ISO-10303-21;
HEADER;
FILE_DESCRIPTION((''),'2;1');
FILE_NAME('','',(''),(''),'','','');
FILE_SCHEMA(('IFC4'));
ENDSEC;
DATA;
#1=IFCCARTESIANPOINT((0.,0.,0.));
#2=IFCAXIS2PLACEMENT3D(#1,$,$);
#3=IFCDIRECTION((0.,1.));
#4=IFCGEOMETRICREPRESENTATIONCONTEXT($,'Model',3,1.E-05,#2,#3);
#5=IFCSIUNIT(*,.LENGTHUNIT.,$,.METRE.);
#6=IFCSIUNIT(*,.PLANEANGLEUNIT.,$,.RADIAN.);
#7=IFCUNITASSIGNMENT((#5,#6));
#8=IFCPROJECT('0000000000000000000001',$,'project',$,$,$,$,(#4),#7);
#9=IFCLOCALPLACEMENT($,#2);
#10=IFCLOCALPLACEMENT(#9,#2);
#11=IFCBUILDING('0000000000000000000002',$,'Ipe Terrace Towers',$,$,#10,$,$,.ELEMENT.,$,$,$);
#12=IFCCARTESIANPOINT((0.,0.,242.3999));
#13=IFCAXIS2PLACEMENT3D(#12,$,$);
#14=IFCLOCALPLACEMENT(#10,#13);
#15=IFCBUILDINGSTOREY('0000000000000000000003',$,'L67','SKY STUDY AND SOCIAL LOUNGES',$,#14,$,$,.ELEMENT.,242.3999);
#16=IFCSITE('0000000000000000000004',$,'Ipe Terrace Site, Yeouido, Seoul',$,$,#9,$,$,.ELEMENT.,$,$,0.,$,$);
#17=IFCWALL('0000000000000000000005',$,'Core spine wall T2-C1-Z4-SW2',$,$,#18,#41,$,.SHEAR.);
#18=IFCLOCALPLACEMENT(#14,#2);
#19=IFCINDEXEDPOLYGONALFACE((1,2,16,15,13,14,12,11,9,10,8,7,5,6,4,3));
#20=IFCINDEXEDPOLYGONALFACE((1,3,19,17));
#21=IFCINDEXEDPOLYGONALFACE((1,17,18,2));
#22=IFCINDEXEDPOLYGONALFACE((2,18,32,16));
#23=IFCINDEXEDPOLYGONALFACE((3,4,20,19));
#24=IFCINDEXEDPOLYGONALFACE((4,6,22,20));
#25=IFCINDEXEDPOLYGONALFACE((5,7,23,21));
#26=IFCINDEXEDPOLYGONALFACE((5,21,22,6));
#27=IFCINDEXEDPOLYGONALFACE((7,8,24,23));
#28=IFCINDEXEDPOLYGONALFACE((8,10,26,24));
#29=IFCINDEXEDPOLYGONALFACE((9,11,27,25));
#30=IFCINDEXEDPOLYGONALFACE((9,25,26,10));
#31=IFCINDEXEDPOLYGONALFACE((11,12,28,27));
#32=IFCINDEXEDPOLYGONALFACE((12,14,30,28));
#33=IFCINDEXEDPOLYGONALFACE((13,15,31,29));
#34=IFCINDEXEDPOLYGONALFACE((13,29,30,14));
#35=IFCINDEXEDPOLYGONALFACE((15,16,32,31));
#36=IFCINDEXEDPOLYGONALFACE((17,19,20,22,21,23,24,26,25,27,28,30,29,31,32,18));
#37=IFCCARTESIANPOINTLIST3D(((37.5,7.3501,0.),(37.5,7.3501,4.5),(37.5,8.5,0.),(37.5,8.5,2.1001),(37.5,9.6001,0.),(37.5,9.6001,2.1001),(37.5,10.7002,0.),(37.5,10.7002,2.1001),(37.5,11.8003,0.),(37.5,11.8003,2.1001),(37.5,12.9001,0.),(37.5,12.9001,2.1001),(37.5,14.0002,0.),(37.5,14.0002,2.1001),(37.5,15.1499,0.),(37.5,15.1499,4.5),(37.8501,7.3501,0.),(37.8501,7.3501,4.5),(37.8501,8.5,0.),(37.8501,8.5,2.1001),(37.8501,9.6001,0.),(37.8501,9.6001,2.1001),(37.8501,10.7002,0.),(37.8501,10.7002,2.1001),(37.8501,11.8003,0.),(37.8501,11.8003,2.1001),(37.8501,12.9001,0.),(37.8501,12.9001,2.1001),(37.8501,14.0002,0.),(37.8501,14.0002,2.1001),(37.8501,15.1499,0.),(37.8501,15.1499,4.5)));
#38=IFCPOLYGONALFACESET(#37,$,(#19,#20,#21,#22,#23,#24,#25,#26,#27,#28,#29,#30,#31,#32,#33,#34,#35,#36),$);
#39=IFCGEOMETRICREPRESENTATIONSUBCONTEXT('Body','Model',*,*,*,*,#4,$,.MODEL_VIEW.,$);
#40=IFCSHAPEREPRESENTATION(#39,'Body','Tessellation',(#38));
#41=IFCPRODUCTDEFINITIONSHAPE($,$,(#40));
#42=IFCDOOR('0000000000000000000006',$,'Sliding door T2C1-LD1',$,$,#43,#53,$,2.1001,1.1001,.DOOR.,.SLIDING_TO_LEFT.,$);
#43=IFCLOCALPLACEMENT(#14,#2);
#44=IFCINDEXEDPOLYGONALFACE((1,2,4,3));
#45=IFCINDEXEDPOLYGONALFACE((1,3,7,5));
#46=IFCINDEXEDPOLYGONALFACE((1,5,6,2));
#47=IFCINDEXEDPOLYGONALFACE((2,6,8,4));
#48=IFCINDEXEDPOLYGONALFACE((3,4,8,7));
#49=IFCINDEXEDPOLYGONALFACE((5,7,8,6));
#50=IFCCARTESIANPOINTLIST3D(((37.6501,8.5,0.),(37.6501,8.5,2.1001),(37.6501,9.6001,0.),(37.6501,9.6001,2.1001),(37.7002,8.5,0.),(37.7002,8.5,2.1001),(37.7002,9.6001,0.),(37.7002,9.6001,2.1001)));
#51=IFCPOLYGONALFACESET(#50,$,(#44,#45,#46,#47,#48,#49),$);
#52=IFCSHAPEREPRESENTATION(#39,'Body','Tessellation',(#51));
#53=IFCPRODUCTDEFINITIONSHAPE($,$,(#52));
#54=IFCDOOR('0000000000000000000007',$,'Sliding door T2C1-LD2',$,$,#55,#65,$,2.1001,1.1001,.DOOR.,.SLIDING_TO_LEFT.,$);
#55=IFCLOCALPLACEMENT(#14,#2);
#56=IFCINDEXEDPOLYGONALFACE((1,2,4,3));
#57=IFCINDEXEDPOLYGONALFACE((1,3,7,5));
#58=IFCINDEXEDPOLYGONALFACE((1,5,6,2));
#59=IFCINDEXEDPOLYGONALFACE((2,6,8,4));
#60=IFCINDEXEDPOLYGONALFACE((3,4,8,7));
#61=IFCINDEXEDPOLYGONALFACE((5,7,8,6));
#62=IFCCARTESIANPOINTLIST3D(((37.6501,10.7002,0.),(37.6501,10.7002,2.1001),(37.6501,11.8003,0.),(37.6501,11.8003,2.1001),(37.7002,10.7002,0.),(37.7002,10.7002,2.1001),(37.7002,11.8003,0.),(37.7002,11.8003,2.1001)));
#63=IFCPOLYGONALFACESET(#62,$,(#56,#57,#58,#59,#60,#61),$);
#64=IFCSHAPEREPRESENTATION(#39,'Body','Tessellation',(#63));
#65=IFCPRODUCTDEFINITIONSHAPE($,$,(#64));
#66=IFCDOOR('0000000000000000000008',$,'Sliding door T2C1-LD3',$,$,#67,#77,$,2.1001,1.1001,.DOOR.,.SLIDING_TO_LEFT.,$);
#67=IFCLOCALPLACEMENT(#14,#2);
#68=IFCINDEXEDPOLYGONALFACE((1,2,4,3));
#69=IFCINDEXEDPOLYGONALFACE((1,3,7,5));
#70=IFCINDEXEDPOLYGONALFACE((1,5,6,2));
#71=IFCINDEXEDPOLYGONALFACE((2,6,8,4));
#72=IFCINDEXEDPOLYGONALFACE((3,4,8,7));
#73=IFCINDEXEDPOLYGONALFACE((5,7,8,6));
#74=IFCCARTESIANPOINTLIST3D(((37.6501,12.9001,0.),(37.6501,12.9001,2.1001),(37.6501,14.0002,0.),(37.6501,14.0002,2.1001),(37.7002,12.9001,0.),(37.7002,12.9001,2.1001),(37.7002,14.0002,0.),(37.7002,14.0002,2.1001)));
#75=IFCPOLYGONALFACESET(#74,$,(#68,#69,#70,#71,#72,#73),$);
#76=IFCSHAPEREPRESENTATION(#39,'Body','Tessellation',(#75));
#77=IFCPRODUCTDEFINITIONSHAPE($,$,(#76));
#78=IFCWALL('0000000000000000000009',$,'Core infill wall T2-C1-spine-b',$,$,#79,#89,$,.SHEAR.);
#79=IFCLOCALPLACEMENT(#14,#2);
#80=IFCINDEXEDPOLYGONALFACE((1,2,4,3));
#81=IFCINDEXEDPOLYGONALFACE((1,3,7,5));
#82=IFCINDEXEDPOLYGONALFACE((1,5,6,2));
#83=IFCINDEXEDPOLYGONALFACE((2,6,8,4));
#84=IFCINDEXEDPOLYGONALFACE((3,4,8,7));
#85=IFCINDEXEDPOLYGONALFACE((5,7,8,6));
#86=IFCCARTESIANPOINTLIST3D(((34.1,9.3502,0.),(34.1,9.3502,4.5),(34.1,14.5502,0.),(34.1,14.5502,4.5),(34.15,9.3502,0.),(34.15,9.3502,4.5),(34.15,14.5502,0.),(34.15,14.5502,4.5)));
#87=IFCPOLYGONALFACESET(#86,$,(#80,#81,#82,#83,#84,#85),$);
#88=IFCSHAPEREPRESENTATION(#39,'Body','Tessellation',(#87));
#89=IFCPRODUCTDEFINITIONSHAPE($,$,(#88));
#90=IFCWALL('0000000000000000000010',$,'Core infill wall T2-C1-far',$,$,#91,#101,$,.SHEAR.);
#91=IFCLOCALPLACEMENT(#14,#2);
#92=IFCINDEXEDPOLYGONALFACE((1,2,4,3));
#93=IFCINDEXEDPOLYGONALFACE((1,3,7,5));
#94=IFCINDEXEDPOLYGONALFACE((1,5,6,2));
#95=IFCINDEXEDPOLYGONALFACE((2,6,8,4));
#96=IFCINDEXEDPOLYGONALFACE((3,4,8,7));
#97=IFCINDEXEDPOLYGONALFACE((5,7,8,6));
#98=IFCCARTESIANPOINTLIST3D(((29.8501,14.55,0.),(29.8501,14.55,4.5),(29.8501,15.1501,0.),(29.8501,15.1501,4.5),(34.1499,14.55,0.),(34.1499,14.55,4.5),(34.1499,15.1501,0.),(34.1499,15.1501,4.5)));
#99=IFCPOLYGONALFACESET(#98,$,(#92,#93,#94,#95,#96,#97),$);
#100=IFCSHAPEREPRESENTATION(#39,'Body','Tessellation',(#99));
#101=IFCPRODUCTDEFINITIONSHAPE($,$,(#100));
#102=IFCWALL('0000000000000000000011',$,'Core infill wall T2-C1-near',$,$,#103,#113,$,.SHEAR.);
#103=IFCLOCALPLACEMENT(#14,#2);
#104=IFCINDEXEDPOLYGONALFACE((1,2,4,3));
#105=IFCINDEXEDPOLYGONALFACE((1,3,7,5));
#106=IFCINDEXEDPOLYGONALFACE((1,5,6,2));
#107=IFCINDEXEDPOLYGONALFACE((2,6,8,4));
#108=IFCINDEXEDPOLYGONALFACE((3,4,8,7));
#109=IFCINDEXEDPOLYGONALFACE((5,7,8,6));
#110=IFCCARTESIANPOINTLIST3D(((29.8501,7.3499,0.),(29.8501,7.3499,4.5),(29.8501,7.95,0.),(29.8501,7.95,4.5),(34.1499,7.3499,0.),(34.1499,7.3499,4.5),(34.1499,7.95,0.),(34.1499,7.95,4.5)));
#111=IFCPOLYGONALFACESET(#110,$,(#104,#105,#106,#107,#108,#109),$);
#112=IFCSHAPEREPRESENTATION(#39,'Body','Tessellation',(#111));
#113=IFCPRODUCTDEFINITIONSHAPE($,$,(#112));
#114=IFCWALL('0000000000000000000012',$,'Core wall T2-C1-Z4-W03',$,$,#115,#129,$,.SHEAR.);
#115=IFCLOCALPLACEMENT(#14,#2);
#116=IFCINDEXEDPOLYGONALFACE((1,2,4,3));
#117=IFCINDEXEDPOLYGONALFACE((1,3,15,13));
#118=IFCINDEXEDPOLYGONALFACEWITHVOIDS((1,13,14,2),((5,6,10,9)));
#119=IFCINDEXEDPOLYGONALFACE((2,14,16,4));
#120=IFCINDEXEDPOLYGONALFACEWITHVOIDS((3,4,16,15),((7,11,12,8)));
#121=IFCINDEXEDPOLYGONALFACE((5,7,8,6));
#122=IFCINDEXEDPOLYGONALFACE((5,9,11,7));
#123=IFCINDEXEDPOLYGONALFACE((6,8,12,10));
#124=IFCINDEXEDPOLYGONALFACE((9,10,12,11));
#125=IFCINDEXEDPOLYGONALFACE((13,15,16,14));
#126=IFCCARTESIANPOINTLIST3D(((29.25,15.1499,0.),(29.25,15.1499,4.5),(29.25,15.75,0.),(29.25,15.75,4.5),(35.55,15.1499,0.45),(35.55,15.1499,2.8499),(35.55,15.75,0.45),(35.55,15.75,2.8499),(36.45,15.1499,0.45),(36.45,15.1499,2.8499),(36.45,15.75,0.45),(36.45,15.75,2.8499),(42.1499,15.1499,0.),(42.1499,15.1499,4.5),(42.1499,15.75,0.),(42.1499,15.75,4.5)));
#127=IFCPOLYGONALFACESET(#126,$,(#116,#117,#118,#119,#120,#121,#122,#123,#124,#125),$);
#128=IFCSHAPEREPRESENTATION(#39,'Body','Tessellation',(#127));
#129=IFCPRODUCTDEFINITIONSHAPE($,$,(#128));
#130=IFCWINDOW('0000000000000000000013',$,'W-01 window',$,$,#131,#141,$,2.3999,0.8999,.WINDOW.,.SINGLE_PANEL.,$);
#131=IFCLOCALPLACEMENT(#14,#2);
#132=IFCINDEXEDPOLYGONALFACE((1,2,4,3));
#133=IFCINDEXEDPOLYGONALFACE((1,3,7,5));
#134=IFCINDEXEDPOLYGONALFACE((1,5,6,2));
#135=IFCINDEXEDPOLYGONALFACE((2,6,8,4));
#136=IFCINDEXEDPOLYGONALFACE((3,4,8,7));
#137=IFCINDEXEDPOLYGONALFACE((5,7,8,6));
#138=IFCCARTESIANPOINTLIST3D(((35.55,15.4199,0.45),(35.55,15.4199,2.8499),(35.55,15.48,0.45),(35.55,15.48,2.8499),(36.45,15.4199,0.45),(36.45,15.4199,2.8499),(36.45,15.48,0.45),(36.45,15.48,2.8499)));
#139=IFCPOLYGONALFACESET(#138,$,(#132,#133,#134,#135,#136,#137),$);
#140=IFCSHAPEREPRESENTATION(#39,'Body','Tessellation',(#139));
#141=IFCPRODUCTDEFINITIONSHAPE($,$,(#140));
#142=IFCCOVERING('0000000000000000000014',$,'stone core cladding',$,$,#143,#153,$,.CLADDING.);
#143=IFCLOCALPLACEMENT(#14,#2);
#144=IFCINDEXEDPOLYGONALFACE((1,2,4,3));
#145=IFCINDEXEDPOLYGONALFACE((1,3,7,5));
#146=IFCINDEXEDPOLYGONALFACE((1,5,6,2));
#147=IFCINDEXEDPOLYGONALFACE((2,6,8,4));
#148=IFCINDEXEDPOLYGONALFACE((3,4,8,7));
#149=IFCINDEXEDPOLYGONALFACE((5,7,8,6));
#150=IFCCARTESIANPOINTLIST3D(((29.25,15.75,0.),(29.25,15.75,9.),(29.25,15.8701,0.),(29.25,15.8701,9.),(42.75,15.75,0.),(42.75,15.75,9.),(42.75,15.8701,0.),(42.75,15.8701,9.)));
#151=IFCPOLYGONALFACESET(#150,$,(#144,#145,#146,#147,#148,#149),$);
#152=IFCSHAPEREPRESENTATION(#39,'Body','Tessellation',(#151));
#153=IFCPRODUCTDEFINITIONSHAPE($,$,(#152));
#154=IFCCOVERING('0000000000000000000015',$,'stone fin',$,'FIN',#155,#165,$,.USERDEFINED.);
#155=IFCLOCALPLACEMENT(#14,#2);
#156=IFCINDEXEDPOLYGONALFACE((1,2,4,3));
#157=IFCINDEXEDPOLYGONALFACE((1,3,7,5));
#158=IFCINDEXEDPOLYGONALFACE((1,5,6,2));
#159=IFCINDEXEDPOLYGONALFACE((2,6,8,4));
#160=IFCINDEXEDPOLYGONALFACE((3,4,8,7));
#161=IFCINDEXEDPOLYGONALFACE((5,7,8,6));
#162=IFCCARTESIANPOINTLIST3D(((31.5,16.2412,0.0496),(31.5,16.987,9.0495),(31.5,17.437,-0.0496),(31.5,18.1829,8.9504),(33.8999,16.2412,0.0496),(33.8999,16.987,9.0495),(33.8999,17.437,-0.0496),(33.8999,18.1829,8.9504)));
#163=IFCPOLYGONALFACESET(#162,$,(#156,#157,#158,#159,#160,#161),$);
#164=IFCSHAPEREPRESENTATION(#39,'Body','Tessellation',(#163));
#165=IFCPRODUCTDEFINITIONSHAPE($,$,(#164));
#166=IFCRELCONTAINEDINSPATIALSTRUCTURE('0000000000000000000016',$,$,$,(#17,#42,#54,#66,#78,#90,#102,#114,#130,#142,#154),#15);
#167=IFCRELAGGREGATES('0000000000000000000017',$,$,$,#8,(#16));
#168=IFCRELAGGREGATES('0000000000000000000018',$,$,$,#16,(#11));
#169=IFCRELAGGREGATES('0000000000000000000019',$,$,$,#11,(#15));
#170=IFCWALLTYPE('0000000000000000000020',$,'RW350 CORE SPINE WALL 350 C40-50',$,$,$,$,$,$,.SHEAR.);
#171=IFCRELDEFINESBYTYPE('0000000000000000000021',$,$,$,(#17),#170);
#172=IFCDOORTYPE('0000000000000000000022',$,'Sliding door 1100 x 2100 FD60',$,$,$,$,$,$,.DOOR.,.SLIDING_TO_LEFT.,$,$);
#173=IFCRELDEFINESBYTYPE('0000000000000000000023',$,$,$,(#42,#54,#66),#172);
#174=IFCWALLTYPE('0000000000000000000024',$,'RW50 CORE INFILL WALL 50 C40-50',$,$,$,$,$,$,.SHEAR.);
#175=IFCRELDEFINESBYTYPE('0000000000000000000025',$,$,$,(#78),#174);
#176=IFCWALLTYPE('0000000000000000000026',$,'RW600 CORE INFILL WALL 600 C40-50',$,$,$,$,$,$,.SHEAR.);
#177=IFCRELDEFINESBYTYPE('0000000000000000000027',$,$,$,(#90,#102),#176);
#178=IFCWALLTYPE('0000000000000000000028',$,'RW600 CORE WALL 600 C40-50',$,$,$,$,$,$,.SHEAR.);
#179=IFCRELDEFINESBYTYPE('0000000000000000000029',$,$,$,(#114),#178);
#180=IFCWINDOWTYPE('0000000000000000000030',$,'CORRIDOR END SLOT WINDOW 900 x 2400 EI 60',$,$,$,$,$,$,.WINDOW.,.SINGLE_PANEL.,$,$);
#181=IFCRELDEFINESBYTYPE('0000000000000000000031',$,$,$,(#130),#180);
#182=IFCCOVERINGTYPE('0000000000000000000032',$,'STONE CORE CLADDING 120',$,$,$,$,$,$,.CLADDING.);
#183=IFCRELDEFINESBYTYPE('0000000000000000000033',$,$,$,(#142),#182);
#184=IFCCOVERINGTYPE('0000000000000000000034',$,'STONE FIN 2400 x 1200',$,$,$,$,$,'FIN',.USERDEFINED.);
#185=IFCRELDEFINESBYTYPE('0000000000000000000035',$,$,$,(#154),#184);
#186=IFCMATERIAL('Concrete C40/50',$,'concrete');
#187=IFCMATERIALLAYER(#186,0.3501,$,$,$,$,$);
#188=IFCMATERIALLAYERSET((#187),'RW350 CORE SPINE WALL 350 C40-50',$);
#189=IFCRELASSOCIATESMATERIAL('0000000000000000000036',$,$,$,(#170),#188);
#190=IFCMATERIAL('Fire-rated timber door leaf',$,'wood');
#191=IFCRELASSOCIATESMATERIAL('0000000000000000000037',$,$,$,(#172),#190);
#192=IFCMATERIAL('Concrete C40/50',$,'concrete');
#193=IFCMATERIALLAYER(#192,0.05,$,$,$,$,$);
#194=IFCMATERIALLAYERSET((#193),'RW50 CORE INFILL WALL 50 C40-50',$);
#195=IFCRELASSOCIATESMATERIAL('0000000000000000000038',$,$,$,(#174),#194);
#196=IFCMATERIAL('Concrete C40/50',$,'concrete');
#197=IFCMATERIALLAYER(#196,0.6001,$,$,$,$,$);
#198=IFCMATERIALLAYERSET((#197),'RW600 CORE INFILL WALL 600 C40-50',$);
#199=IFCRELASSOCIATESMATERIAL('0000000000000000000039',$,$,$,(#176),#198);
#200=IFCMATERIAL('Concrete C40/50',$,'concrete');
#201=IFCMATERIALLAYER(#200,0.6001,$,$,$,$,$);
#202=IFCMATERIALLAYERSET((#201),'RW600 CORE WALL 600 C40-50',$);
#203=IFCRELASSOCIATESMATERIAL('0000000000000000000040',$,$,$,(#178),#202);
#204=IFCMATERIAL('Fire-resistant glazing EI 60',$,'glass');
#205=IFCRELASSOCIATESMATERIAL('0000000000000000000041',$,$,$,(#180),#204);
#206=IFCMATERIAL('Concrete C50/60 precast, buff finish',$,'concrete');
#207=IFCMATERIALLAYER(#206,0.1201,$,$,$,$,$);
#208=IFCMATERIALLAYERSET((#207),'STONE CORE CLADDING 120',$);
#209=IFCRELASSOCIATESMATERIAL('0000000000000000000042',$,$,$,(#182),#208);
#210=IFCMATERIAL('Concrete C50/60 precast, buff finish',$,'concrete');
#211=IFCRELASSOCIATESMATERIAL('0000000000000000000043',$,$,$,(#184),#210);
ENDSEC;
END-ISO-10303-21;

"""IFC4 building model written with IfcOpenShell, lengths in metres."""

from ifc_helpers import new_model, si_unit, direction, frame, frame_2d, origin, origin_2d, place, context, subcontext, project, spatial, rectangle, extrude, material, layer, layer_set, material_profile, profile_set, type_object, element, fill, save


model = new_model("IFC4")

# Units and contexts
model_context = context("Model", 3, precision=1e-05, world=origin(), true_north=direction((0.0, 1.0)))
body_context = subcontext(model_context, "Body", "Model", "MODEL_VIEW")
ifc_project = project(units=[si_unit("LENGTHUNIT", "METRE"), si_unit("PLANEANGLEUNIT", "RADIAN")], contexts=[model_context])

# Site, building, storey
site_placement = place(None, origin())
site = spatial("IfcSite", under=ifc_project, at=site_placement, Name="Ipe Terrace Site, Yeouido, Seoul", CompositionType="ELEMENT", RefElevation=0.0)
building_placement = place(site_placement, origin())
building = spatial("IfcBuilding", under=site, at=building_placement, Name="Ipe Terrace Towers", CompositionType="ELEMENT")
storey_placement = place(building_placement, frame((0.0, 0.0, 242.3999)))
storey = spatial("IfcBuildingStorey", under=building, at=storey_placement, Name="L67", Description="SKY STUDY AND SOCIAL LOUNGES", CompositionType="ELEMENT", Elevation=242.3999)

# Shared definitions
ifc_material_1 = material(Name="Concrete C40/50", Category="concrete")
ifc_layer_1 = layer(ifc_material_1, 0.3501)
ifc_layer_set_1 = layer_set([ifc_layer_1], Name="RW350 CORE SPINE WALL 350 C40-50")
wall_type_1 = type_object("IfcWallType", Name="RW350 CORE SPINE WALL 350 C40-50", PredefinedType="SHEAR", material=ifc_layer_set_1)

# Wall, openings, doors
wall_1_placement = place(storey_placement, frame((37.675, 7.3501, 0.0), z_axis=(0.0, 0.0, 1.0), x_axis=(0.0, 1.0, 0.0)))
wall_1 = element("IfcWall", 1, at=wall_1_placement, inside=storey, type_object=wall_type_1, Name="Core spine wall T2-C1-Z4-SW2", PredefinedType="SHEAR", context=body_context, shape_type="SweptSolid", body=[
    extrude(rectangle(XDim=7.7998, YDim=0.3501, at=frame_2d((3.8999, 0.0))), origin(), (0.0, 0.0, 1.0), 4.5),
])
opening_1_placement = place(wall_1_placement, frame((1.1499, 0.0, 0.0)))
opening_1 = element("IfcOpeningElement", 2, at=opening_1_placement, cuts=wall_1, PredefinedType="OPENING", context=body_context, shape_type="SweptSolid", body=[
    extrude(rectangle(XDim=1.1001, YDim=2.1001, at=frame_2d((0.55, 1.05))), frame((0.0, 0.1851, 0.0), z_axis=(0.0, -1.0, 0.0), x_axis=(1.0, 0.0, 0.0)), (0.0, 0.0, 1.0), 0.3701),
])
opening_2_placement = place(wall_1_placement, frame((3.3501, 0.0, 0.0)))
opening_2 = element("IfcOpeningElement", 3, at=opening_2_placement, cuts=wall_1, PredefinedType="OPENING", context=body_context, shape_type="SweptSolid", body=[
    extrude(rectangle(XDim=1.1001, YDim=2.1001, at=frame_2d((0.55, 1.05))), frame((0.0, 0.1851, 0.0), z_axis=(0.0, -1.0, 0.0), x_axis=(1.0, 0.0, 0.0)), (0.0, 0.0, 1.0), 0.3701),
])
opening_3_placement = place(wall_1_placement, frame((5.55, 0.0, 0.0)))
opening_3 = element("IfcOpeningElement", 4, at=opening_3_placement, cuts=wall_1, PredefinedType="OPENING", context=body_context, shape_type="SweptSolid", body=[
    extrude(rectangle(XDim=1.1001, YDim=2.1001, at=frame_2d((0.55, 1.05))), frame((0.0, 0.1851, 0.0), z_axis=(0.0, -1.0, 0.0), x_axis=(1.0, 0.0, 0.0)), (0.0, 0.0, 1.0), 0.3701),
])
ifc_material_2 = material(Name="Fire-rated timber door leaf", Category="wood")
door_type_1 = type_object("IfcDoorType", Name="Sliding door 1100 x 2100 FD60", OperationType="SLIDING_TO_LEFT", PredefinedType="DOOR", material=ifc_material_2)
door_1_placement = place(opening_1_placement, origin())
door_1 = element("IfcDoor", 5, at=door_1_placement, inside=storey, type_object=door_type_1, Name="Sliding door T2C1-LD1", OperationType="SLIDING_TO_LEFT", OverallHeight=2.1001, OverallWidth=1.1001, PredefinedType="DOOR", context=body_context, shape_type="SweptSolid", body=[
    extrude(rectangle(XDim=1.1001, YDim=2.1001, at=frame_2d((0.55, 1.05))), frame((0.0, 0.0249, 0.0), z_axis=(0.0, -1.0, 0.0), x_axis=(1.0, 0.0, 0.0)), (0.0, 0.0, 1.0), 0.05),
])
fill(opening_1, door_1)
door_2_placement = place(opening_2_placement, origin())
door_2 = element("IfcDoor", 6, at=door_2_placement, inside=storey, type_object=door_type_1, Name="Sliding door T2C1-LD2", OperationType="SLIDING_TO_LEFT", OverallHeight=2.1001, OverallWidth=1.1001, PredefinedType="DOOR", context=body_context, shape_type="SweptSolid", body=[
    extrude(rectangle(XDim=1.1001, YDim=2.1001, at=frame_2d((0.55, 1.05))), frame((0.0, 0.0249, 0.0), z_axis=(0.0, -1.0, 0.0), x_axis=(1.0, 0.0, 0.0)), (0.0, 0.0, 1.0), 0.05),
])
fill(opening_2, door_2)
door_3_placement = place(opening_3_placement, origin())
door_3 = element("IfcDoor", 7, at=door_3_placement, inside=storey, type_object=door_type_1, Name="Sliding door T2C1-LD3", OperationType="SLIDING_TO_LEFT", OverallHeight=2.1001, OverallWidth=1.1001, PredefinedType="DOOR", context=body_context, shape_type="SweptSolid", body=[
    extrude(rectangle(XDim=1.1001, YDim=2.1001, at=frame_2d((0.55, 1.05))), frame((0.0, 0.0249, 0.0), z_axis=(0.0, -1.0, 0.0), x_axis=(1.0, 0.0, 0.0)), (0.0, 0.0, 1.0), 0.05),
])
fill(opening_3, door_3)

# Walls
ifc_material_3 = material(Name="Concrete C40/50", Category="concrete")
ifc_layer_2 = layer(ifc_material_3, 0.05)
ifc_layer_set_2 = layer_set([ifc_layer_2], Name="RW50 CORE INFILL WALL 50 C40-50")
wall_type_2 = type_object("IfcWallType", Name="RW50 CORE INFILL WALL 50 C40-50", PredefinedType="SHEAR", material=ifc_layer_set_2)
wall_2_placement = place(storey_placement, frame((34.125, 9.3501, 0.0), z_axis=(0.0, 0.0, 1.0), x_axis=(0.0, 1.0, 0.0)))
element("IfcWall", 8, at=wall_2_placement, inside=storey, type_object=wall_type_2, Name="Core infill wall T2-C1-spine-b", PredefinedType="SHEAR", context=body_context, shape_type="SweptSolid", body=[
    extrude(rectangle(XDim=5.2, YDim=0.05, at=frame_2d((2.6001, 0.0))), origin(), (0.0, 0.0, 1.0), 4.5),
])
ifc_material_4 = material(Name="Concrete C40/50", Category="concrete")
ifc_layer_3 = layer(ifc_material_4, 0.6001)
ifc_layer_set_3 = layer_set([ifc_layer_3], Name="RW600 CORE INFILL WALL 600 C40-50")
wall_type_3 = type_object("IfcWallType", Name="RW600 CORE INFILL WALL 600 C40-50", PredefinedType="SHEAR", material=ifc_layer_set_3)
for number, where, z_axis, x_axis, name in (
    (9, (34.1499, 14.8501, 0.0), (0.0, 0.0, 1.0), (-1.0, 0.0, 0.0), "Core infill wall T2-C1-far"),
    (10, (34.1499, 7.6499, 0.0), (0.0, 0.0, 1.0), (-1.0, 0.0, 0.0), "Core infill wall T2-C1-near"),
):
    element("IfcWall", number, at=place(storey_placement, frame(where, z_axis=z_axis, x_axis=x_axis)), inside=storey, type_object=wall_type_3, Name=name, PredefinedType="SHEAR", context=body_context, shape_type="SweptSolid", body=[
        extrude(rectangle(XDim=4.2998, YDim=0.6001, at=frame_2d((2.1499, 0.0))), origin(), (0.0, 0.0, 1.0), 4.5),
    ])

# Wall, opening, window
ifc_material_5 = material(Name="Concrete C40/50", Category="concrete")
ifc_layer_4 = layer(ifc_material_5, 0.6001)
ifc_layer_set_4 = layer_set([ifc_layer_4], Name="RW600 CORE WALL 600 C40-50")
wall_type_4 = type_object("IfcWallType", Name="RW600 CORE WALL 600 C40-50", PredefinedType="SHEAR", material=ifc_layer_set_4)
wall_3_placement = place(storey_placement, frame((42.1499, 15.45, 0.0), z_axis=(0.0, 0.0, 1.0), x_axis=(-1.0, 0.0, 0.0)))
wall_3 = element("IfcWall", 11, at=wall_3_placement, inside=storey, type_object=wall_type_4, Name="Core wall T2-C1-Z4-W03", PredefinedType="SHEAR", context=body_context, shape_type="SweptSolid", body=[
    extrude(rectangle(XDim=12.8999, YDim=0.6001, at=frame_2d((6.45, 0.0))), origin(), (0.0, 0.0, 1.0), 4.5),
])
opening_4_placement = place(wall_3_placement, frame((5.7, 0.0, 0.45)))
opening_4 = element("IfcOpeningElement", 12, at=opening_4_placement, cuts=wall_3, PredefinedType="OPENING", context=body_context, shape_type="SweptSolid", body=[
    extrude(rectangle(XDim=0.8999, YDim=2.3999, at=frame_2d((0.45, 1.2))), frame((0.0, 0.3101, 0.0), z_axis=(0.0, -1.0, 0.0), x_axis=(1.0, 0.0, 0.0)), (0.0, 0.0, 1.0), 0.6201),
])
ifc_material_6 = material(Name="Fire-resistant glazing EI 60", Category="glass")
window_type = type_object("IfcWindowType", Name="CORRIDOR END SLOT WINDOW 900 x 2400 EI 60", PartitioningType="SINGLE_PANEL", PredefinedType="WINDOW", material=ifc_material_6)
window_placement = place(opening_4_placement, origin())
window = element("IfcWindow", 13, at=window_placement, inside=storey, type_object=window_type, Name="W-01 window", OverallHeight=2.3999, OverallWidth=0.8999, PartitioningType="SINGLE_PANEL", PredefinedType="WINDOW", context=body_context, shape_type="SweptSolid", body=[
    extrude(rectangle(XDim=0.8999, YDim=2.3999, at=frame_2d((0.45, 1.2))), frame((0.0, 0.03, 0.0), z_axis=(0.0, -1.0, 0.0), x_axis=(1.0, 0.0, 0.0)), (0.0, 0.0, 1.0), 0.0601),
])
fill(opening_4, window)

# Coverings
ifc_material_7 = material(Name="Concrete C50/60 precast, buff finish", Category="concrete")
ifc_layer_5 = layer(ifc_material_7, 0.1201)
ifc_layer_set_5 = layer_set([ifc_layer_5], Name="STONE CORE CLADDING 120")
covering_type_1 = type_object("IfcCoveringType", Name="STONE CORE CLADDING 120", PredefinedType="CLADDING", material=ifc_layer_set_5)
covering_placement = place(storey_placement, frame((36.0, 15.8101, 0.0), z_axis=(0.0, 0.0, 1.0), x_axis=(-1.0, 0.0, 0.0)))
element("IfcCovering", 14, at=covering_placement, inside=storey, type_object=covering_type_1, Name="stone core cladding", PredefinedType="CLADDING", context=body_context, shape_type="SweptSolid", body=[
    extrude(rectangle(XDim=13.5, YDim=0.1201, at=origin_2d()), origin(), (0.0, 0.0, 1.0), 9.0),
])
ifc_material_8 = material(Name="Concrete C50/60 precast, buff finish", Category="concrete")
ifc_material_profile_1 = material_profile(ifc_material_8, rectangle(XDim=2.3999, YDim=1.2, at=origin_2d()), Name="STONE FIN 2400 x 1200")
ifc_profile_set_1 = profile_set([ifc_material_profile_1], Name="Concrete C50/60 precast, buff finish")
covering_type_2 = type_object("IfcCoveringType", Name="STONE FIN 2400 x 1200", ElementType="FIN", PredefinedType="USERDEFINED", material=ifc_profile_set_1)
for number, where, z_axis, x_axis, name in (
    (15, (32.7, 16.8391, 0.0), (0.0, 0.082589, 0.996584), (-1.0, 0.0, 0.0), "stone fin"),
):
    element("IfcCovering", number, at=place(storey_placement, frame(where, z_axis=z_axis, x_axis=x_axis)), inside=storey, type_object=covering_type_2, Name=name, ObjectType="FIN", PredefinedType="USERDEFINED", context=body_context, shape_type="SweptSolid", body=[
        extrude(rectangle(XDim=2.3999, YDim=1.2, at=origin_2d()), origin(), (0.0, 0.0, 1.0), 9.0308),
    ])

save(model, "model.ifc")
